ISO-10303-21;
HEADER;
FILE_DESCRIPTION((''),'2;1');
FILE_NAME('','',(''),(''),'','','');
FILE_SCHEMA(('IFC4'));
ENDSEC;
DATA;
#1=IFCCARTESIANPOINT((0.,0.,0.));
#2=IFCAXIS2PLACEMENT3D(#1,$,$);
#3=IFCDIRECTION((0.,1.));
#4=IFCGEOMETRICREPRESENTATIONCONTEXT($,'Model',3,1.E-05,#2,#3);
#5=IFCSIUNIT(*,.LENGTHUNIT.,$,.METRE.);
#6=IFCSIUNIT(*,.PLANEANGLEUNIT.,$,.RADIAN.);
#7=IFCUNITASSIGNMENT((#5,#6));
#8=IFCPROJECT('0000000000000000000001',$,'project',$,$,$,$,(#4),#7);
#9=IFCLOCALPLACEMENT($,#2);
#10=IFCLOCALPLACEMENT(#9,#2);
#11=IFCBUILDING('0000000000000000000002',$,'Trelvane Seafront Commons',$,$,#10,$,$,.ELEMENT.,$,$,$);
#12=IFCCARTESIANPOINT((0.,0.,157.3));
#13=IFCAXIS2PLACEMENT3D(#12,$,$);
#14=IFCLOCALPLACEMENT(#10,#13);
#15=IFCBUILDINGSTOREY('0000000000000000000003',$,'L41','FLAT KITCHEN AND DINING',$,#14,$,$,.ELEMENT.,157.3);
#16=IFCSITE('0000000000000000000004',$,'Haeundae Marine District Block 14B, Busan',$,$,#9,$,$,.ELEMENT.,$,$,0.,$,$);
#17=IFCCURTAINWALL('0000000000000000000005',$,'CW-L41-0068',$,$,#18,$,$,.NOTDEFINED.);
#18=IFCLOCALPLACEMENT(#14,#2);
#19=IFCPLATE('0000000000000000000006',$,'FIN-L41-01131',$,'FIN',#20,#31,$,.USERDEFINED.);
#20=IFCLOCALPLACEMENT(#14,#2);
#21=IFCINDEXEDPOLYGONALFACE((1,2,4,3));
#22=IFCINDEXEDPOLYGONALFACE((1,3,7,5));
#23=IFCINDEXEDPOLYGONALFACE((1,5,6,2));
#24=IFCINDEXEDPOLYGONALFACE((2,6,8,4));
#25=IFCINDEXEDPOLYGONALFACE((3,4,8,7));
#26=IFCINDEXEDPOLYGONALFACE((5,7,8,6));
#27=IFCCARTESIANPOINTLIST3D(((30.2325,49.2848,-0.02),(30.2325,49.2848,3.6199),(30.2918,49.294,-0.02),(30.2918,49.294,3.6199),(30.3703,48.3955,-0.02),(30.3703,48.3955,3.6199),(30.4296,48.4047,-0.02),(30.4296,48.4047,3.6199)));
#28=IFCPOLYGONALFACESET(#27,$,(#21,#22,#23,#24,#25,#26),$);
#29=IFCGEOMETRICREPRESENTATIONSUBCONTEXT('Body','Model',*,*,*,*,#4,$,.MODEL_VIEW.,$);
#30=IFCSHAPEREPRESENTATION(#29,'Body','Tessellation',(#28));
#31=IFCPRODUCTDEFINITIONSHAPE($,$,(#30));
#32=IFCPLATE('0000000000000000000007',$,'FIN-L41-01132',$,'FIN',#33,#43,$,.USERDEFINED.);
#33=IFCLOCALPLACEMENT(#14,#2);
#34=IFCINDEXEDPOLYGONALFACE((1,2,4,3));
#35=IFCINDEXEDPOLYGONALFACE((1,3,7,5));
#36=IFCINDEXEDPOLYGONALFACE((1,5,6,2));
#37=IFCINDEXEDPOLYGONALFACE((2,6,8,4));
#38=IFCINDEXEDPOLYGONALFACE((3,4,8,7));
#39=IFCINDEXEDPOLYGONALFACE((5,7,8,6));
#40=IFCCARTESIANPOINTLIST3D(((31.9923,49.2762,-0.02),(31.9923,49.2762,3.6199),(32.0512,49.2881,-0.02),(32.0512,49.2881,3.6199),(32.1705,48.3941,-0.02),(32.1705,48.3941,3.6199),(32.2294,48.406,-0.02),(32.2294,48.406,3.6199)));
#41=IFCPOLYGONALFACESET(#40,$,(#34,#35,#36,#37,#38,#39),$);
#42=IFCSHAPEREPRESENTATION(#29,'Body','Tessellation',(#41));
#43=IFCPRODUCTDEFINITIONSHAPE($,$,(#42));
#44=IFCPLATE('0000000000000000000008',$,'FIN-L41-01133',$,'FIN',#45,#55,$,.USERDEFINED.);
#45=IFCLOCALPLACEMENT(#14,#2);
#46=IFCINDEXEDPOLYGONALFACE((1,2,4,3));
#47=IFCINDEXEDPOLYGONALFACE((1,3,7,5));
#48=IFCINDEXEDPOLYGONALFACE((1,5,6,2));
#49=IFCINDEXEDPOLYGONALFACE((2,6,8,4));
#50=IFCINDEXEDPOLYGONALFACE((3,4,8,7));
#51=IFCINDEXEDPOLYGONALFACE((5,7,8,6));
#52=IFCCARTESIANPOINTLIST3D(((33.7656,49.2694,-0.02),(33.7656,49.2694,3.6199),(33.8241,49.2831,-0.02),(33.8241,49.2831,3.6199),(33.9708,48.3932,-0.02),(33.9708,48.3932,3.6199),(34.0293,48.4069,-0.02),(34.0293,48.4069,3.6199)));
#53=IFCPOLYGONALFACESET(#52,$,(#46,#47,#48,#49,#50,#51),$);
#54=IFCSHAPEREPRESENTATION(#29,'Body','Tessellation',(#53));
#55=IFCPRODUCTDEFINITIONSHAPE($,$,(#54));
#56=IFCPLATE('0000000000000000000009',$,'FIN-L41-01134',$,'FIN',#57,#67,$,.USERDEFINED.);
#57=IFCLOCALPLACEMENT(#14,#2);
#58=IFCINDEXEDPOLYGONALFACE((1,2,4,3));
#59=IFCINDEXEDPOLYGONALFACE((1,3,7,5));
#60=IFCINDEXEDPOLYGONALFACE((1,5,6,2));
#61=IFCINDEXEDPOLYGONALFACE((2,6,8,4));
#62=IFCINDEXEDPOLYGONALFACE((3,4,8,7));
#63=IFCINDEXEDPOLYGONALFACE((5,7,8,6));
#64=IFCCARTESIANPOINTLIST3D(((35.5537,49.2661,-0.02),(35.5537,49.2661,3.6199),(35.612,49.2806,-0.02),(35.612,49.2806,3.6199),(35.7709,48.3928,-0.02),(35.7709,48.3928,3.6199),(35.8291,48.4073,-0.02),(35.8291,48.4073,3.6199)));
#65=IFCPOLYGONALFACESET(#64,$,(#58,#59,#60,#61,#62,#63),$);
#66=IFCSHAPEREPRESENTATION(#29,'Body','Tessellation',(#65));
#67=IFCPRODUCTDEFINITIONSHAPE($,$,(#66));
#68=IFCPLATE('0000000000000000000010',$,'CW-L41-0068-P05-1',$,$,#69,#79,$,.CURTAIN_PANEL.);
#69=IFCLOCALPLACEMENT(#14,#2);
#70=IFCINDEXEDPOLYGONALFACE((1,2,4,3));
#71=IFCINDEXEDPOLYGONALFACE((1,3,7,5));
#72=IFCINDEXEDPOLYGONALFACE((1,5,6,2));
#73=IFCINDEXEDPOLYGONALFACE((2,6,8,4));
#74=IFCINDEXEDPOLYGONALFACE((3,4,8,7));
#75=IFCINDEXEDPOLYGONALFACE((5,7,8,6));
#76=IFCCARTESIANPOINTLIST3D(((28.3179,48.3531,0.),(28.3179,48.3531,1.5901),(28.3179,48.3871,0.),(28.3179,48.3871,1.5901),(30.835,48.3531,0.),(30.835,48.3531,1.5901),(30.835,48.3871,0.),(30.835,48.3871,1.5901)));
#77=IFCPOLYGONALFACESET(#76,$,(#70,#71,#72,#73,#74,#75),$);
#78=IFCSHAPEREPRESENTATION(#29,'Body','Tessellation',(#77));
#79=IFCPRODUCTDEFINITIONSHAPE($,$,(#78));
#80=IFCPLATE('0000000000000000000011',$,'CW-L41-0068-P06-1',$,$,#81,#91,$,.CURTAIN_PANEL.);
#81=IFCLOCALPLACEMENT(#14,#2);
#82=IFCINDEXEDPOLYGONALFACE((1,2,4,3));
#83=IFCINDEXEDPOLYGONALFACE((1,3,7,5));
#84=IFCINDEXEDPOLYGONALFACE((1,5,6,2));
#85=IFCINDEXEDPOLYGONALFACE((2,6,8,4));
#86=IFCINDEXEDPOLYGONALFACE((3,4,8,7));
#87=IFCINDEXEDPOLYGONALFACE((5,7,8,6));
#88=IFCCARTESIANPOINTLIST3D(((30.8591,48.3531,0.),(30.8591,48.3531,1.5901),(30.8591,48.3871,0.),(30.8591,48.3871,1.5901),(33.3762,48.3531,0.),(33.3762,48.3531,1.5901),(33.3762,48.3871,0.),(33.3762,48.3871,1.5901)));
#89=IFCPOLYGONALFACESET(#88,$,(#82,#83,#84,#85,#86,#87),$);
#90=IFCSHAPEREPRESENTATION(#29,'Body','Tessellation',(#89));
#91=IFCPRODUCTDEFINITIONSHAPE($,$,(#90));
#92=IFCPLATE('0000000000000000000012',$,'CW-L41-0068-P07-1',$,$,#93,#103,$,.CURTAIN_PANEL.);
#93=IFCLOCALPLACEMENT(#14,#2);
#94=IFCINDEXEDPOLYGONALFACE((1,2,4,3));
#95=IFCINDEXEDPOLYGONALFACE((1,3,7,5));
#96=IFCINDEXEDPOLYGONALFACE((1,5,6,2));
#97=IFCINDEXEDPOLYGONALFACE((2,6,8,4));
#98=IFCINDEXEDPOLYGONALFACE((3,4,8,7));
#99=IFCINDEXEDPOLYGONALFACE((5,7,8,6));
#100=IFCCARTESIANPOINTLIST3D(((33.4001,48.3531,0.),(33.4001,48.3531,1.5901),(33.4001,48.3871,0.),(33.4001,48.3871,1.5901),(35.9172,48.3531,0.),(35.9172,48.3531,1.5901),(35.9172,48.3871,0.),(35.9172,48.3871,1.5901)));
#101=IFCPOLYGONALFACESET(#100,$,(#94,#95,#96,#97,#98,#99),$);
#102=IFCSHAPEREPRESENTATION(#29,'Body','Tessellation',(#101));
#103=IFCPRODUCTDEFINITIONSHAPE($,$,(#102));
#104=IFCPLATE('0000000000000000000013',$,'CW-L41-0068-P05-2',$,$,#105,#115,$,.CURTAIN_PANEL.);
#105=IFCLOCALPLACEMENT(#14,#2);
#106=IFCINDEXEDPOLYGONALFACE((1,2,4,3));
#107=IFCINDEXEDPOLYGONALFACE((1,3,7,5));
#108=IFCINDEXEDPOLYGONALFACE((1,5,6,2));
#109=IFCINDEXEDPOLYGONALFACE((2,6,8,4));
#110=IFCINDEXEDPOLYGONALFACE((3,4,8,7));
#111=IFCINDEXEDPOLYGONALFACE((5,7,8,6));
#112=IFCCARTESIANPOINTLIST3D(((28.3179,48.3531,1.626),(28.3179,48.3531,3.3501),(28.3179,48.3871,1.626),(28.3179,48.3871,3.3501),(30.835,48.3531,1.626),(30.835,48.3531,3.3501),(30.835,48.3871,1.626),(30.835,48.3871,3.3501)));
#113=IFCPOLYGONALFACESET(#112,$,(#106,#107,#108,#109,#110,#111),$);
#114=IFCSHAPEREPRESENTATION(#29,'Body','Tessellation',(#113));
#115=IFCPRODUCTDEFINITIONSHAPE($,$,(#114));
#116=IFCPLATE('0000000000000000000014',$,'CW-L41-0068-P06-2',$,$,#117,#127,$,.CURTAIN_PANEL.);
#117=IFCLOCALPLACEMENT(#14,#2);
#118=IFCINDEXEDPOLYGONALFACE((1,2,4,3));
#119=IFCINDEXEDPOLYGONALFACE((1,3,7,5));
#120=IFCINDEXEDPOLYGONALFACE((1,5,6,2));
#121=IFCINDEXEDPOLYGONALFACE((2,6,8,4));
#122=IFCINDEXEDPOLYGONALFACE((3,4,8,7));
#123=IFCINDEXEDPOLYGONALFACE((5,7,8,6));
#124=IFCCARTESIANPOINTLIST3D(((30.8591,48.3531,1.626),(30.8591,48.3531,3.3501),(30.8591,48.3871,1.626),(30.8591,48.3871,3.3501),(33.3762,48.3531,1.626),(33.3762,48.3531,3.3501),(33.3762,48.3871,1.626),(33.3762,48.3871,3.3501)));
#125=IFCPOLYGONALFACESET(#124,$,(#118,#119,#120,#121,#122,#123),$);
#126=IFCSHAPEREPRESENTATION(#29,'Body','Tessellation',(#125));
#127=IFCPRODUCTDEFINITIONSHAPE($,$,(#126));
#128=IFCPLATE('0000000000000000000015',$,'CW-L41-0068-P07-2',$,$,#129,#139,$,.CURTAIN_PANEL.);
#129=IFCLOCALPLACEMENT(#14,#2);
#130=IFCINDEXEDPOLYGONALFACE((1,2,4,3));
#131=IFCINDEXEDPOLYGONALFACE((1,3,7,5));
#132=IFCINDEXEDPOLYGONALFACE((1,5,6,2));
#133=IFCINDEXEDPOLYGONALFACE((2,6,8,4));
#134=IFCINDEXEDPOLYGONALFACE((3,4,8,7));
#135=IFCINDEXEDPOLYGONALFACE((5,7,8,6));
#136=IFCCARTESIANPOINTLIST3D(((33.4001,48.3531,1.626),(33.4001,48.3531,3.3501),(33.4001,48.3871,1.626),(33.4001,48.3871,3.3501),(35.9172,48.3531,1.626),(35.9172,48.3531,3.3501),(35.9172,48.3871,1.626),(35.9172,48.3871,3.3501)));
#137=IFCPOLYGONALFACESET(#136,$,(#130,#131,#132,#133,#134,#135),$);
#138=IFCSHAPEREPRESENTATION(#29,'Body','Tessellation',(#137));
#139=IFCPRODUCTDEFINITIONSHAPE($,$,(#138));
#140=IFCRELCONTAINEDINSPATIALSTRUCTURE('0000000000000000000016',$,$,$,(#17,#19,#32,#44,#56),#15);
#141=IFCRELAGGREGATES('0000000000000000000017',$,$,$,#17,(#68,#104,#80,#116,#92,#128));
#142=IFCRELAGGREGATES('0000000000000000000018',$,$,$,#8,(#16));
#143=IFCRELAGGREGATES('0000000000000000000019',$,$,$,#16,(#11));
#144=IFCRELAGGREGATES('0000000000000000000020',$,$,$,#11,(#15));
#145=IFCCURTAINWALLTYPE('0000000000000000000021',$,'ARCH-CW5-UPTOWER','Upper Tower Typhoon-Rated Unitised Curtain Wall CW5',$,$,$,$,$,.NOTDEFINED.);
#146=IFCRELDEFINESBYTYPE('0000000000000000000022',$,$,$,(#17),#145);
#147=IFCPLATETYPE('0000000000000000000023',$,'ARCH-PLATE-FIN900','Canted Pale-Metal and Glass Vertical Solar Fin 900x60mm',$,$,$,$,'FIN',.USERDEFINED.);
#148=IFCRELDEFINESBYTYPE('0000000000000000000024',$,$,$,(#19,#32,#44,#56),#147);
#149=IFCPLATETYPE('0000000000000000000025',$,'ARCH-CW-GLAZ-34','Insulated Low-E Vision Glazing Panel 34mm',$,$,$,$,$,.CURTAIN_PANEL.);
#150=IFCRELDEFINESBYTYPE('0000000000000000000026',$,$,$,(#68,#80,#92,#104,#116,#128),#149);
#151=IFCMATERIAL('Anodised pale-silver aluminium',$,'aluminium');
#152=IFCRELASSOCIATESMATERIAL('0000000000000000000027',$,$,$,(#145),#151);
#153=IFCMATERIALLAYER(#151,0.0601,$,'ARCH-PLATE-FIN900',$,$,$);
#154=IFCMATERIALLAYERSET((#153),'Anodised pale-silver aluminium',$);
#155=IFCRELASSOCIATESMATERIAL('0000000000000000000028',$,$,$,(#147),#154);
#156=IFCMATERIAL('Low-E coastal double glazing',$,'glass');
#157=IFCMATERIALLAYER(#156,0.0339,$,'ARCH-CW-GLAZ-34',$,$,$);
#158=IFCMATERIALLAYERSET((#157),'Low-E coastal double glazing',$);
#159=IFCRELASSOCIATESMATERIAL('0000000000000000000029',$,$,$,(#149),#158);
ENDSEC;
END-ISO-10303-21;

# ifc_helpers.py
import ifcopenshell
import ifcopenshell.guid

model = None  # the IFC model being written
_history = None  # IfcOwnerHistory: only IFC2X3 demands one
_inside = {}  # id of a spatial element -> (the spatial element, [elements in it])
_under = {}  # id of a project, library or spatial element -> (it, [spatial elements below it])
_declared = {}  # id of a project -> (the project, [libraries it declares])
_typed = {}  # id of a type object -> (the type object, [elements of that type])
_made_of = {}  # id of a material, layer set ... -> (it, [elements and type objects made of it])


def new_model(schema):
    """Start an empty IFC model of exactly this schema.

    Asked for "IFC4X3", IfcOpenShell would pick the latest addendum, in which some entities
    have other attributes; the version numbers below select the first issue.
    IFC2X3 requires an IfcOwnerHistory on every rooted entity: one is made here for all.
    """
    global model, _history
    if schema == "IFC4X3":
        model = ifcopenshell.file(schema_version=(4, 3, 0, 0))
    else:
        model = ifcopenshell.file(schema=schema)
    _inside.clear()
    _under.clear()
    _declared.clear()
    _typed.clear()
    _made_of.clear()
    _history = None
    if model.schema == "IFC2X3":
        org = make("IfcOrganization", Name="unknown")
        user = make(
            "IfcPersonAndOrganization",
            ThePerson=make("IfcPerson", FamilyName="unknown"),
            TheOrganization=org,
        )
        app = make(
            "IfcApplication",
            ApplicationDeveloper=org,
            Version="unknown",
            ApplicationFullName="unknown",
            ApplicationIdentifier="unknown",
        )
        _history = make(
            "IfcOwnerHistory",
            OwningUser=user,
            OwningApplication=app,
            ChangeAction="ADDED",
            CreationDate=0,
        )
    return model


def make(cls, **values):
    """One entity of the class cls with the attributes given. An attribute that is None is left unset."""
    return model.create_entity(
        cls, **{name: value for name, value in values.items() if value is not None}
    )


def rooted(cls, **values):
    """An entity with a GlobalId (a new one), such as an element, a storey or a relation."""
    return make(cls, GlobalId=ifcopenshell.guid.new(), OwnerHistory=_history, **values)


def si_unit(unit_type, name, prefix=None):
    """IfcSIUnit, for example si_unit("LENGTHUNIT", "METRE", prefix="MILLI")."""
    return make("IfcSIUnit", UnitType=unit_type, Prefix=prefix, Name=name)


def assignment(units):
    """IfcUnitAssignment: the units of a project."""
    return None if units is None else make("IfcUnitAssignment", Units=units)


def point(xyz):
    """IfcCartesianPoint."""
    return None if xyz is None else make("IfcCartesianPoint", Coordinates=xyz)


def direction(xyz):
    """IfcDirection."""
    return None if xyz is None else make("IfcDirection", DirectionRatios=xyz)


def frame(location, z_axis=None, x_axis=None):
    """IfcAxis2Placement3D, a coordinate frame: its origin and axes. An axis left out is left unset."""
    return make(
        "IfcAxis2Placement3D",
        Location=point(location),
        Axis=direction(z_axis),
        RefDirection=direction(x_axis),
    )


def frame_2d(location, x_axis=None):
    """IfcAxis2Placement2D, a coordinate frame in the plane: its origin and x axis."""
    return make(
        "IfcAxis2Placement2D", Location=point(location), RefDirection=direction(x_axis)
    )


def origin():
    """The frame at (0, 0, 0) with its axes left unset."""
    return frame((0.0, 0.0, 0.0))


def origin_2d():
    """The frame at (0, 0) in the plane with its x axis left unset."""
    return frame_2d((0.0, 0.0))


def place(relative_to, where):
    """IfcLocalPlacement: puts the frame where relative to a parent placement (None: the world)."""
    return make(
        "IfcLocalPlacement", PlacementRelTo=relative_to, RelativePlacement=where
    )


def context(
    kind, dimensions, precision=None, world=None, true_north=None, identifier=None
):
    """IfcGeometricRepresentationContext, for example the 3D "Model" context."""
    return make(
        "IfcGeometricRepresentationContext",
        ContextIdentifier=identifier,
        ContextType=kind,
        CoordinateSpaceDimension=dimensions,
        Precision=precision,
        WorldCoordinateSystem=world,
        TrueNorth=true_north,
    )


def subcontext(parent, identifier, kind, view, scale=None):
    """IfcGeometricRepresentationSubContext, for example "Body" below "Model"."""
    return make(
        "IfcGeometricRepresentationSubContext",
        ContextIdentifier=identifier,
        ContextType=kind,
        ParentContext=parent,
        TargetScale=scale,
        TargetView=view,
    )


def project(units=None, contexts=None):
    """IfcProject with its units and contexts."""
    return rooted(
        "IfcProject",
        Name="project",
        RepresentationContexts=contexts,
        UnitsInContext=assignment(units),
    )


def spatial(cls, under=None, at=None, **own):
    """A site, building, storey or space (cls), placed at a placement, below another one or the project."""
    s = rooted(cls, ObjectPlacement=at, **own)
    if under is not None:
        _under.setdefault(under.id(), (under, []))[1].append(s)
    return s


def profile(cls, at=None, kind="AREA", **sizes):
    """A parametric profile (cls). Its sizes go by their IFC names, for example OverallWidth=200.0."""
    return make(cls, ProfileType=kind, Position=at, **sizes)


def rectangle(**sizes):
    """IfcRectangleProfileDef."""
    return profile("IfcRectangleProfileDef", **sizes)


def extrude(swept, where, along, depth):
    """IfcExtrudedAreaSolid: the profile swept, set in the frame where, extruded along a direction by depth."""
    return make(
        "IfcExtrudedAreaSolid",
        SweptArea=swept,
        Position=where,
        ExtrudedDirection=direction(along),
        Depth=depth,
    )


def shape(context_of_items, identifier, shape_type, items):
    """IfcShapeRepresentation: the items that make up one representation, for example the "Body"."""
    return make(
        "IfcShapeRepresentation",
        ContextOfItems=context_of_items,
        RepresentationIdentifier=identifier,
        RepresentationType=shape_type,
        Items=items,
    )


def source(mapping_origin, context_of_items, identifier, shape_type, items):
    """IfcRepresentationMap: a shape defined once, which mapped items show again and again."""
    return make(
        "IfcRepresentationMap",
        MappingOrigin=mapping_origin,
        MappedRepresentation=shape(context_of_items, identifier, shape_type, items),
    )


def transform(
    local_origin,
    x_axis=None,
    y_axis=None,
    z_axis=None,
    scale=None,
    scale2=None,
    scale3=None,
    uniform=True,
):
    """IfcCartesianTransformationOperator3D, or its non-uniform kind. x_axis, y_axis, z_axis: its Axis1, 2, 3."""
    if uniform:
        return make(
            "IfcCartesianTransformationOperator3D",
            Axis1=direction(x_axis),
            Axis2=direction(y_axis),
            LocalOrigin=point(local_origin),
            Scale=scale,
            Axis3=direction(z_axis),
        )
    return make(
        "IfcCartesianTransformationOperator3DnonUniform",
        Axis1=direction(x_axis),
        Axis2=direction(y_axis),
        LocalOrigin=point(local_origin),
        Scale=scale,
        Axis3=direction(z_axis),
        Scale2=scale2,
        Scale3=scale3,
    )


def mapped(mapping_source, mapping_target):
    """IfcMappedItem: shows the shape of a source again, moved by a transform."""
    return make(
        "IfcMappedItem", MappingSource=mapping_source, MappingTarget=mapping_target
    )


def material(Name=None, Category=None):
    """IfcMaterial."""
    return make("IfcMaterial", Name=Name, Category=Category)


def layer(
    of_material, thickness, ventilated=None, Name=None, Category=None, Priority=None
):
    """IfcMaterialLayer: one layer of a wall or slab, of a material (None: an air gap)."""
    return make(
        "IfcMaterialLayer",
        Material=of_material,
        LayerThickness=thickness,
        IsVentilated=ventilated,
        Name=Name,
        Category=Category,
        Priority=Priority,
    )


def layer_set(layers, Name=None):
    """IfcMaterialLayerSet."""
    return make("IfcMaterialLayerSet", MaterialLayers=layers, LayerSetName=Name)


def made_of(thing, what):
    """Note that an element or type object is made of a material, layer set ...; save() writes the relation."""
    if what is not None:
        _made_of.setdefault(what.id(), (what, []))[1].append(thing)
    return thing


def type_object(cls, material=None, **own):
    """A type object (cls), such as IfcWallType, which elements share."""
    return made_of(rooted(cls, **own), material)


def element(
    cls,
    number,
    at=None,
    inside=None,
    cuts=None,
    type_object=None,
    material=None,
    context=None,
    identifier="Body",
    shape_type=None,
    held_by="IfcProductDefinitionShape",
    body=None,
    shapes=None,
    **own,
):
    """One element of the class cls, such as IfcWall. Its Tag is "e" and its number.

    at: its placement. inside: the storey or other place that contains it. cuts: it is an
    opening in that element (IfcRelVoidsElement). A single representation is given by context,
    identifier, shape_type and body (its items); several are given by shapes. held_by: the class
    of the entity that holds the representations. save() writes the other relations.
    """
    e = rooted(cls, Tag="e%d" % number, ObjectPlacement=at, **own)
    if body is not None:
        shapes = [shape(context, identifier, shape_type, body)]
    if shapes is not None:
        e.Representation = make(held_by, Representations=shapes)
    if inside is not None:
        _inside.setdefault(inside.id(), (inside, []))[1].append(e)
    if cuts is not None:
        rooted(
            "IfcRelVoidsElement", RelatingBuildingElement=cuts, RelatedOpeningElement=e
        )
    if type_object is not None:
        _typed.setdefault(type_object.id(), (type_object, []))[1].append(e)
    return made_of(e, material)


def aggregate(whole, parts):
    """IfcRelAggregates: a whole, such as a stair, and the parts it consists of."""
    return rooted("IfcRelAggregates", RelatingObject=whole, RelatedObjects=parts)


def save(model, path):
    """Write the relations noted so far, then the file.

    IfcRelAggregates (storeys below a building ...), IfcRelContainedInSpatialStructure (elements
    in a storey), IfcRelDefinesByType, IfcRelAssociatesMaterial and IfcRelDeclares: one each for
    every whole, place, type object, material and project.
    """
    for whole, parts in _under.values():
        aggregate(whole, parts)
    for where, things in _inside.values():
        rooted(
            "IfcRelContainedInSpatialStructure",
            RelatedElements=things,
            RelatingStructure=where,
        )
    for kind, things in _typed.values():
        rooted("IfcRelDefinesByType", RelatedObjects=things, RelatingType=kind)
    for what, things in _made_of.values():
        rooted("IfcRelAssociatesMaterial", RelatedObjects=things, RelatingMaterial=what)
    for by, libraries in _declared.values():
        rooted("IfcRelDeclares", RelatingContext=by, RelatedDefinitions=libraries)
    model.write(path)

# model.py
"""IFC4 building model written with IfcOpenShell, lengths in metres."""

from ifc_helpers import new_model, si_unit, direction, frame, origin, origin_2d, place, context, subcontext, project, spatial, rectangle, extrude, source, transform, mapped, material, layer, layer_set, type_object, element, aggregate, save


model = new_model("IFC4")

# Units and contexts
model_context = context("Model", 3, precision=1e-05, world=origin(), true_north=direction((0.0, 1.0)))
body_context = subcontext(model_context, "Body", "Model", "MODEL_VIEW")
ifc_project = project(units=[si_unit("LENGTHUNIT", "METRE"), si_unit("PLANEANGLEUNIT", "RADIAN")], contexts=[model_context])

# Site, building, storey
site_placement = place(None, origin())
site = spatial("IfcSite", under=ifc_project, at=site_placement, Name="Haeundae Marine District Block 14B, Busan", CompositionType="ELEMENT", RefElevation=0.0)
building_placement = place(site_placement, origin())
building = spatial("IfcBuilding", under=site, at=building_placement, Name="Trelvane Seafront Commons", CompositionType="ELEMENT")
storey_placement = place(building_placement, frame((0.0, 0.0, 157.3)))
storey = spatial("IfcBuildingStorey", under=building, at=storey_placement, Name="L41", Description="FLAT KITCHEN AND DINING", CompositionType="ELEMENT", Elevation=157.3)

# Curtain wall
ifc_material_1 = material(Name="Anodised pale-silver aluminium", Category="aluminium")
curtain_wall_type = type_object("IfcCurtainWallType", Name="ARCH-CW5-UPTOWER", Description="Upper Tower Typhoon-Rated Unitised Curtain Wall CW5", PredefinedType="NOTDEFINED", material=ifc_material_1)
curtain_wall_placement = place(storey_placement, origin())
curtain_wall = element("IfcCurtainWall", 1, at=curtain_wall_placement, inside=storey, type_object=curtain_wall_type, Name="CW-L41-0068", PredefinedType="NOTDEFINED")

# Plates
ifc_layer_1 = layer(ifc_material_1, 0.0601, Name="ARCH-PLATE-FIN900")
ifc_layer_set_1 = layer_set([ifc_layer_1], Name="Anodised pale-silver aluminium")
plate_type_1 = type_object("IfcPlateType", Name="ARCH-PLATE-FIN900", Description="Canted Pale-Metal and Glass Vertical Solar Fin 900x60mm", ElementType="FIN", PredefinedType="USERDEFINED", material=ifc_layer_set_1)
shared_shape_1 = source(origin(), body_context, "Body", "SweptSolid", [
    extrude(rectangle(XDim=0.8999, YDim=0.0601, at=origin_2d()), origin(), (0.0, 0.0, 1.0), 3.6399),
])
for number, where, z_axis, x_axis, name in (
    (2, (30.3311, 48.8447, -0.02), (0.0, 0.0, 1.0), (-0.153108, 0.988209, 0.0), "FIN-L41-01131"),
    (3, (32.1108, 48.8411, -0.02), (0.0, 0.0, 1.0), (-0.197996, 0.980203, 0.0), "FIN-L41-01132"),
    (4, (33.8975, 48.8381, -0.02), (0.0, 0.0, 1.0), (-0.227999, 0.973661, 0.0), "FIN-L41-01133"),
    (5, (35.6914, 48.8367, -0.02), (0.0, 0.0, 1.0), (-0.241333, 0.970442, 0.0), "FIN-L41-01134"),
):
    element("IfcPlate", number, at=place(storey_placement, frame(where, z_axis=z_axis, x_axis=x_axis)), inside=storey, type_object=plate_type_1, Name=name, ObjectType="FIN", PredefinedType="USERDEFINED", context=body_context, shape_type="MappedRepresentation", body=[
        mapped(shared_shape_1, transform((0.0, 0.0, 0.0), x_axis=(1.0, 0.0, 0.0), y_axis=(0.0, 1.0, 0.0), z_axis=(0.0, 0.0, 1.0), scale=1.0)),
    ])

# Plates
ifc_material_2 = material(Name="Low-E coastal double glazing", Category="glass")
ifc_layer_2 = layer(ifc_material_2, 0.0339, Name="ARCH-CW-GLAZ-34")
ifc_layer_set_2 = layer_set([ifc_layer_2], Name="Low-E coastal double glazing")
plate_type_2 = type_object("IfcPlateType", Name="ARCH-CW-GLAZ-34", Description="Insulated Low-E Vision Glazing Panel 34mm", PredefinedType="CURTAIN_PANEL", material=ifc_layer_set_2)
shared_shape_2 = source(origin(), body_context, "Body", "SweptSolid", [
    extrude(rectangle(XDim=2.5171, YDim=0.0339, at=origin_2d()), origin(), (0.0, 0.0, 1.0), 1.5901),
])
plate_1_placement = place(storey_placement, frame((29.5764, 48.3701, 0.0), z_axis=(0.0, 0.0, 1.0), x_axis=(1.0, 0.0, 0.0)))
plate_1 = element("IfcPlate", 6, at=plate_1_placement, type_object=plate_type_2, Name="CW-L41-0068-P05-1", PredefinedType="CURTAIN_PANEL", context=body_context, shape_type="MappedRepresentation", body=[
    mapped(shared_shape_2, transform((0.0, 0.0, 0.0), x_axis=(1.0, 0.0, 0.0), y_axis=(0.0, 1.0, 0.0), z_axis=(0.0, 0.0, 1.0), scale=1.0)),
])
plate_2_placement = place(storey_placement, frame((32.1177, 48.3701, 0.0), z_axis=(0.0, 0.0, 1.0), x_axis=(1.0, 0.0, 0.0)))
plate_2 = element("IfcPlate", 7, at=plate_2_placement, type_object=plate_type_2, Name="CW-L41-0068-P06-1", PredefinedType="CURTAIN_PANEL", context=body_context, shape_type="MappedRepresentation", body=[
    mapped(shared_shape_2, transform((0.0, 0.0, 0.0), x_axis=(1.0, 0.0, 0.0), y_axis=(0.0, 1.0, 0.0), z_axis=(0.0, 0.0, 1.0), scale=1.0)),
])
plate_3_placement = place(storey_placement, frame((34.6587, 48.3701, 0.0), z_axis=(0.0, 0.0, 1.0), x_axis=(1.0, 0.0, 0.0)))
plate_3 = element("IfcPlate", 8, at=plate_3_placement, type_object=plate_type_2, Name="CW-L41-0068-P07-1", PredefinedType="CURTAIN_PANEL", context=body_context, shape_type="MappedRepresentation", body=[
    mapped(shared_shape_2, transform((0.0, 0.0, 0.0), x_axis=(1.0, 0.0, 0.0), y_axis=(0.0, 1.0, 0.0), z_axis=(0.0, 0.0, 1.0), scale=1.0)),
])
shared_shape_3 = source(origin(), body_context, "Body", "SweptSolid", [
    extrude(rectangle(XDim=2.5171, YDim=0.0339, at=origin_2d()), origin(), (0.0, 0.0, 1.0), 1.7241),
])
plate_4_placement = place(storey_placement, frame((29.5764, 48.3701, 1.626), z_axis=(0.0, 0.0, 1.0), x_axis=(1.0, 0.0, 0.0)))
plate_4 = element("IfcPlate", 9, at=plate_4_placement, type_object=plate_type_2, Name="CW-L41-0068-P05-2", PredefinedType="CURTAIN_PANEL", context=body_context, shape_type="MappedRepresentation", body=[
    mapped(shared_shape_3, transform((0.0, 0.0, 0.0), x_axis=(1.0, 0.0, 0.0), y_axis=(0.0, 1.0, 0.0), z_axis=(0.0, 0.0, 1.0), scale=1.0)),
])
plate_5_placement = place(storey_placement, frame((32.1177, 48.3701, 1.626), z_axis=(0.0, 0.0, 1.0), x_axis=(1.0, 0.0, 0.0)))
plate_5 = element("IfcPlate", 10, at=plate_5_placement, type_object=plate_type_2, Name="CW-L41-0068-P06-2", PredefinedType="CURTAIN_PANEL", context=body_context, shape_type="MappedRepresentation", body=[
    mapped(shared_shape_3, transform((0.0, 0.0, 0.0), x_axis=(1.0, 0.0, 0.0), y_axis=(0.0, 1.0, 0.0), z_axis=(0.0, 0.0, 1.0), scale=1.0)),
])
plate_6_placement = place(storey_placement, frame((34.6587, 48.3701, 1.626), z_axis=(0.0, 0.0, 1.0), x_axis=(1.0, 0.0, 0.0)))
plate_6 = element("IfcPlate", 11, at=plate_6_placement, type_object=plate_type_2, Name="CW-L41-0068-P07-2", PredefinedType="CURTAIN_PANEL", context=body_context, shape_type="MappedRepresentation", body=[
    mapped(shared_shape_3, transform((0.0, 0.0, 0.0), x_axis=(1.0, 0.0, 0.0), y_axis=(0.0, 1.0, 0.0), z_axis=(0.0, 0.0, 1.0), scale=1.0)),
])
aggregate(curtain_wall, [plate_1, plate_4, plate_2, plate_5, plate_3, plate_6])

save(model, "model.ifc")
